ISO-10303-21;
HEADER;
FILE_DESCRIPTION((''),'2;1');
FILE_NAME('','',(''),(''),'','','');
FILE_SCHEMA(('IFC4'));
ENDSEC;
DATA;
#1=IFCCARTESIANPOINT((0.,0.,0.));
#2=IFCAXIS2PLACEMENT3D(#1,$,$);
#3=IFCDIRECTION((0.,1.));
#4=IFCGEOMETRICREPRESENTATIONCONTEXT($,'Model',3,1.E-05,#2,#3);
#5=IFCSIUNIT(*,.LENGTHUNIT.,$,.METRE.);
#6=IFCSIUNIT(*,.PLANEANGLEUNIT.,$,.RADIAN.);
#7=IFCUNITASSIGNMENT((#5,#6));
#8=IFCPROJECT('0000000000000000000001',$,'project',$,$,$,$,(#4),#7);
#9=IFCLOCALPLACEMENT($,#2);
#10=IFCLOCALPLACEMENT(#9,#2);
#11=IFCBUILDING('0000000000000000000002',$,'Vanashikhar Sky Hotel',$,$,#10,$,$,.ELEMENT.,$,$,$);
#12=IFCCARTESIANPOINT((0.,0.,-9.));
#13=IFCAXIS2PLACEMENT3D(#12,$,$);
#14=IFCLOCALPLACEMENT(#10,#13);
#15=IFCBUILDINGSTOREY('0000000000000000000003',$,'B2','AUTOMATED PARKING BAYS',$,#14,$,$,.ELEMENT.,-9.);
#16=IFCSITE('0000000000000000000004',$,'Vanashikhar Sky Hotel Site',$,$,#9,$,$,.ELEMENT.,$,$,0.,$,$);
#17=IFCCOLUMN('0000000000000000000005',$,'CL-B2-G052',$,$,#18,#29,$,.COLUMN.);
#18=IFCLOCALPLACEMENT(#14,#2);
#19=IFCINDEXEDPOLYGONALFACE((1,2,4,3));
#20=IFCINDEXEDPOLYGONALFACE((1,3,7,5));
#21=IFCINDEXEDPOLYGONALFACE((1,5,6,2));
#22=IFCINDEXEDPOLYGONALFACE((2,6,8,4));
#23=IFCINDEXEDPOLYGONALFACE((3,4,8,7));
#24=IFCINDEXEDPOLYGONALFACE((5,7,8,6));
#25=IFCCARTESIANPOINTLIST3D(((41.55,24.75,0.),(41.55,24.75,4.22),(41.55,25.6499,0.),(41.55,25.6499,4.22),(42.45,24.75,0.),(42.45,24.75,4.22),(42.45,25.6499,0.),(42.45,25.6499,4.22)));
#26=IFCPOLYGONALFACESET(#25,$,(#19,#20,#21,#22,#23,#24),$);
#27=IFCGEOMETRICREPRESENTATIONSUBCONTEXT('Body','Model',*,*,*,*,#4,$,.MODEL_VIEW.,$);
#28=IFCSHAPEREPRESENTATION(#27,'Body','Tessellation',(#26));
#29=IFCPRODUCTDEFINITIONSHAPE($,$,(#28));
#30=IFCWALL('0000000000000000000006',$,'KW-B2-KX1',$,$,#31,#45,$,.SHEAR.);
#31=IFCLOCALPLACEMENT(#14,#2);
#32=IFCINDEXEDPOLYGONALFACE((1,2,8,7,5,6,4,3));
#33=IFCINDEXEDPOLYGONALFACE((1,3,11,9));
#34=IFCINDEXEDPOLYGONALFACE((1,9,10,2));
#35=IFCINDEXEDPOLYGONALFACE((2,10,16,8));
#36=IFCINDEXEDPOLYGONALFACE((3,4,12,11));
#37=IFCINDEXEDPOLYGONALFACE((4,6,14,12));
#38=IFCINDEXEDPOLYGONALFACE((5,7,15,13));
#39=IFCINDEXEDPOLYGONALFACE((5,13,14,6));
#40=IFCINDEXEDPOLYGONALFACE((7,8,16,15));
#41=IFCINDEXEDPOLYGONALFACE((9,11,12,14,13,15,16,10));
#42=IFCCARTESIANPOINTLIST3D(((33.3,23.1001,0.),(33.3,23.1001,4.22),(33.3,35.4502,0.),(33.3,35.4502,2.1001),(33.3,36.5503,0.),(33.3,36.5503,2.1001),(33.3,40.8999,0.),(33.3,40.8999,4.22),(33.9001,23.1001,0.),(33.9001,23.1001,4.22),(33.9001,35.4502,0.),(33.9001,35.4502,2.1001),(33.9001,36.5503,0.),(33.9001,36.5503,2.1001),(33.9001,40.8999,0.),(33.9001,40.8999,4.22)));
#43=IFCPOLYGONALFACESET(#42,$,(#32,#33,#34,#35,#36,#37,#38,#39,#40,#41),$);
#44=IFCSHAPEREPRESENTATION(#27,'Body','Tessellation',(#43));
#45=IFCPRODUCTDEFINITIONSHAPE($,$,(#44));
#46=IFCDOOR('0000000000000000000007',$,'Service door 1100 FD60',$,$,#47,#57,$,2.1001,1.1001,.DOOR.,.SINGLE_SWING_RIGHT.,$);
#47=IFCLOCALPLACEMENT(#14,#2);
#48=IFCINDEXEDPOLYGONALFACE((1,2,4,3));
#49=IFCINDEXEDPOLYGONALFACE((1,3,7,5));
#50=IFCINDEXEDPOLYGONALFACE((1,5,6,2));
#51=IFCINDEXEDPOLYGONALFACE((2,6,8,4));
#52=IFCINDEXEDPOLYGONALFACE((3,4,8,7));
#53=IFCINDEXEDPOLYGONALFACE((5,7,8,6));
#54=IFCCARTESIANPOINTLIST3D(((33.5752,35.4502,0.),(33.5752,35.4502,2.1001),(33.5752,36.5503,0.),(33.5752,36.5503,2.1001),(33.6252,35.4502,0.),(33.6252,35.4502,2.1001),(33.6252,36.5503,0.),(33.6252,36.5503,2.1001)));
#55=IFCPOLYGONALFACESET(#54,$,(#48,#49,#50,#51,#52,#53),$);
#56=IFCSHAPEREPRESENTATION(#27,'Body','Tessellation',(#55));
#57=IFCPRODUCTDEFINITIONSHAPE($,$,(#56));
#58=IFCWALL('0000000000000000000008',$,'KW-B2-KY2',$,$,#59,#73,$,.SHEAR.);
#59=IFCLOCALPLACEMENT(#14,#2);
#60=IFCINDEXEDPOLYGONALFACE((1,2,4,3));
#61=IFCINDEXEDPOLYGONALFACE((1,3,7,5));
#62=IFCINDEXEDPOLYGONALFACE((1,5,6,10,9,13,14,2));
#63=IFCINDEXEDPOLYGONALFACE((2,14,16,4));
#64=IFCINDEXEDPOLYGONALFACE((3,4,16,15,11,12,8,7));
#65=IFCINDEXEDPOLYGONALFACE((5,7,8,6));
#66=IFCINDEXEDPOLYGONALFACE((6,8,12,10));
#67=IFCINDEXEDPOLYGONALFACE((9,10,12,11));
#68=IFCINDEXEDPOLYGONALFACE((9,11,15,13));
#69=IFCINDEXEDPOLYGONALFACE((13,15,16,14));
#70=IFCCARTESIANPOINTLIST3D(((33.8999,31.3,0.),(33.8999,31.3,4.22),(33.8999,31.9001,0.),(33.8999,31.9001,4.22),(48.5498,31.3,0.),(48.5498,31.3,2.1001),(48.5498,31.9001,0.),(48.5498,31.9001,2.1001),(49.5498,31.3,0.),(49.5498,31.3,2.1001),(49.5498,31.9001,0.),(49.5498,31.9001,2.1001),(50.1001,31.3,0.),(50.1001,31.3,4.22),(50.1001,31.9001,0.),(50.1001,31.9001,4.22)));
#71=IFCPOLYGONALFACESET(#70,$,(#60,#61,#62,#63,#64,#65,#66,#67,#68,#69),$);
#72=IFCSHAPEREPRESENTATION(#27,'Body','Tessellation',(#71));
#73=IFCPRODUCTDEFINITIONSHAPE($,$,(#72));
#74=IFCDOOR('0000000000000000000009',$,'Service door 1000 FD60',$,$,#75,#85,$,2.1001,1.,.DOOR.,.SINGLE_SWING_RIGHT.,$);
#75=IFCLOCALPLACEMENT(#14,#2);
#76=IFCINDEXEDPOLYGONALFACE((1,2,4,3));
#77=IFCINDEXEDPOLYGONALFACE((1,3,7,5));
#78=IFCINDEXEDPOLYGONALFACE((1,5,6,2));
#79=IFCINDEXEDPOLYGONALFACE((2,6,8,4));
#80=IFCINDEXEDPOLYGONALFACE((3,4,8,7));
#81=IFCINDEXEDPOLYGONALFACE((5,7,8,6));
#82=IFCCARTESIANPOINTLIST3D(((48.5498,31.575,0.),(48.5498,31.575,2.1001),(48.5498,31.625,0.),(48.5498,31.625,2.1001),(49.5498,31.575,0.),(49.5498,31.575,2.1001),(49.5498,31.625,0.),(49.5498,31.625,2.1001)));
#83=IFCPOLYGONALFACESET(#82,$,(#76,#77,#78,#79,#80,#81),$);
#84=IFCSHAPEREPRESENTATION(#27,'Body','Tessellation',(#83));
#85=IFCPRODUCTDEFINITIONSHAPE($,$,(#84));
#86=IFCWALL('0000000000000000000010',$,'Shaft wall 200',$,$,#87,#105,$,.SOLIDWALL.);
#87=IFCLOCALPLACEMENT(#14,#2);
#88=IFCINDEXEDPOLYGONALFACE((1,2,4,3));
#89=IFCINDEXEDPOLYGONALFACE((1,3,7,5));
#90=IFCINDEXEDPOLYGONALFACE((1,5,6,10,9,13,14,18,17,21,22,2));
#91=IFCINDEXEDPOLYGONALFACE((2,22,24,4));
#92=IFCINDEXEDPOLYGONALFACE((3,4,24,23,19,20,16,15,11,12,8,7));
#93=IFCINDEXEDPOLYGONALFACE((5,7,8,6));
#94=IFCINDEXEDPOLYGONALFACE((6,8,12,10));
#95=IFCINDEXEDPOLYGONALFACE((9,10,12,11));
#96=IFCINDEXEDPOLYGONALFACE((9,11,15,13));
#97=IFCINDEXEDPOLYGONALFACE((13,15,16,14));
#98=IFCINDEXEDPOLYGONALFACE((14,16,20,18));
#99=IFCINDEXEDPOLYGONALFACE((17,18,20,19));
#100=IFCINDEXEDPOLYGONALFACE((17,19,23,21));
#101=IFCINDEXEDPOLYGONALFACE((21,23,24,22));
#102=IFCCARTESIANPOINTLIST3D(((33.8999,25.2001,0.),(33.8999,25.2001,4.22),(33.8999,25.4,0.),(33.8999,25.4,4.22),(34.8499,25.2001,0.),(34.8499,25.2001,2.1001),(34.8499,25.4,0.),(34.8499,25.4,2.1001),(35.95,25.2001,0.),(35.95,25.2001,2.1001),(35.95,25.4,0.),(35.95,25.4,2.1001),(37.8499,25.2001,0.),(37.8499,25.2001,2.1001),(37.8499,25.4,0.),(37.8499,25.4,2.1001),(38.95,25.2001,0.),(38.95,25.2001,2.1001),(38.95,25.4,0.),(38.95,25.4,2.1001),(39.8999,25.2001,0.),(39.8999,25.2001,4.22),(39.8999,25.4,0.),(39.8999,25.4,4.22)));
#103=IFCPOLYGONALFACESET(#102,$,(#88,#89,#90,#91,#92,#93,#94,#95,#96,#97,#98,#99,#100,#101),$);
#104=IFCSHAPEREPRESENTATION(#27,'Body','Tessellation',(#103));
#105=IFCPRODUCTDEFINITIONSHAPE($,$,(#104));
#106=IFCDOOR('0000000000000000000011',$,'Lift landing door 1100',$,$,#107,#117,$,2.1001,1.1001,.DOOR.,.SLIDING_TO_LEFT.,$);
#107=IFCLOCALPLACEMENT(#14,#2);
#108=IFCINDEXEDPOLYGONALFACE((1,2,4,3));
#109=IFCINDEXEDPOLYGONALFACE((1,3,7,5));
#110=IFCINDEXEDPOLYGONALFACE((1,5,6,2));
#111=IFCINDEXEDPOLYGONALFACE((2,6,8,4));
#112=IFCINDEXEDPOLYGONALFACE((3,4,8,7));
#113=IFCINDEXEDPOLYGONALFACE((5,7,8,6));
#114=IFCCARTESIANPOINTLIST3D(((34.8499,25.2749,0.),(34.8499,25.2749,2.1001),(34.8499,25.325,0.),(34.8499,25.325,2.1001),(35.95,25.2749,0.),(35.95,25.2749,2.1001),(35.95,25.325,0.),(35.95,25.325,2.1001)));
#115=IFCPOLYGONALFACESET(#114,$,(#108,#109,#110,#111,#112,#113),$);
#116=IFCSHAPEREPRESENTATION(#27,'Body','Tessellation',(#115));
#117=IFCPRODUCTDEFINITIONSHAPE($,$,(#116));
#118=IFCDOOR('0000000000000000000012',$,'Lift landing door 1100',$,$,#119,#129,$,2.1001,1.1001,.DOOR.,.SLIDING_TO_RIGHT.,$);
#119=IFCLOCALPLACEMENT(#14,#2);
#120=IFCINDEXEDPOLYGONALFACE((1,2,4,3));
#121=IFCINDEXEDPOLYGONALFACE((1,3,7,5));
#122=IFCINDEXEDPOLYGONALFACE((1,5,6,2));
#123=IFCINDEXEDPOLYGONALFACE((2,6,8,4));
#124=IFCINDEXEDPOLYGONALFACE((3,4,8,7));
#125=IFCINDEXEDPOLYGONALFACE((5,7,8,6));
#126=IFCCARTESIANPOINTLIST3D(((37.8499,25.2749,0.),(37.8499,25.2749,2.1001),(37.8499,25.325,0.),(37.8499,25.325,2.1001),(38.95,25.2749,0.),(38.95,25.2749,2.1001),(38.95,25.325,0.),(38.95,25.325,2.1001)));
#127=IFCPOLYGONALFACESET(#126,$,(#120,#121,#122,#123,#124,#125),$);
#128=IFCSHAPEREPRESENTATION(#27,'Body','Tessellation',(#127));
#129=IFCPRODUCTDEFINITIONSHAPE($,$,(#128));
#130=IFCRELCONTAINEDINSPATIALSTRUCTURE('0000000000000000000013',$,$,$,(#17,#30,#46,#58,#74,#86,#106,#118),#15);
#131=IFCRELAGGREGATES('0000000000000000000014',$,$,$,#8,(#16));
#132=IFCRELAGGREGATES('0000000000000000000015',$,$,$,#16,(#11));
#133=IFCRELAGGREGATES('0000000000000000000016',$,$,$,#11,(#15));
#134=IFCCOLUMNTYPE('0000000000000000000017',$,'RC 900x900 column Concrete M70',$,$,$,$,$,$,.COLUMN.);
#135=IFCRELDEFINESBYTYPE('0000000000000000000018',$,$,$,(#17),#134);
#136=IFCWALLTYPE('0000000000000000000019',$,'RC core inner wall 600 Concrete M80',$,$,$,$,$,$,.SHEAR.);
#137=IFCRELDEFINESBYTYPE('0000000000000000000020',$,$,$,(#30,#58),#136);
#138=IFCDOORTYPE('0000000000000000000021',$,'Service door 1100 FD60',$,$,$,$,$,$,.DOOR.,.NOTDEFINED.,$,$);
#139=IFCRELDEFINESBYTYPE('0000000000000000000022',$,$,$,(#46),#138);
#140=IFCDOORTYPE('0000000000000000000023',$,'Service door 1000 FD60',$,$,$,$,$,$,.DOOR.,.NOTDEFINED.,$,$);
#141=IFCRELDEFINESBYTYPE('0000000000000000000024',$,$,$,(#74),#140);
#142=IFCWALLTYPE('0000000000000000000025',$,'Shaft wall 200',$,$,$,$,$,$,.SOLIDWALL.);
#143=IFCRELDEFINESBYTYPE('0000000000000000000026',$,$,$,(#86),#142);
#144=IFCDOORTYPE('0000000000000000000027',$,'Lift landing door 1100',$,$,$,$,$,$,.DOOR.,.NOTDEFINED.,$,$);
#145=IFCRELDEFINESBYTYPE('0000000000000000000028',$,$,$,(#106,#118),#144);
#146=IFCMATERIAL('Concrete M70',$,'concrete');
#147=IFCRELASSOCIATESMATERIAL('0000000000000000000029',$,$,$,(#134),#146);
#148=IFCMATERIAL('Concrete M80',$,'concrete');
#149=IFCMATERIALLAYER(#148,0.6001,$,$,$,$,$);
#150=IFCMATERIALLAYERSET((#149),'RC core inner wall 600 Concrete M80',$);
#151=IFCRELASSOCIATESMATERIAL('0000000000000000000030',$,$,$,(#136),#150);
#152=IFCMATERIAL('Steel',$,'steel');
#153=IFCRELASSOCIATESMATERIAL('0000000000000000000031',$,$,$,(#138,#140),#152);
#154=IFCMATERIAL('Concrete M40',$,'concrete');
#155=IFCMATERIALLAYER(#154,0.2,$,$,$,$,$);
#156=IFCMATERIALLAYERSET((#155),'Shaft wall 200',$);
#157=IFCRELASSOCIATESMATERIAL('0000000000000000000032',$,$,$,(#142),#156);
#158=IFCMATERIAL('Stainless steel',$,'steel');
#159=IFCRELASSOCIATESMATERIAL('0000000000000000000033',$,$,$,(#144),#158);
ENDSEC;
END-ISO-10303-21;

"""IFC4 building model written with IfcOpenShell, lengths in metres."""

from ifc_helpers import new_model, si_unit, direction, frame, frame_2d, origin, origin_2d, place, context, subcontext, project, spatial, rectangle, extrude, source, transform, mapped, material, layer, layer_set, material_profile, profile_set, type_object, element, fill, save


model = new_model("IFC4")

# Units and contexts
model_context = context("Model", 3, precision=1e-05, world=origin(), true_north=direction((0.0, 1.0)))
body_context = subcontext(model_context, "Body", "Model", "MODEL_VIEW")
ifc_project = project(units=[si_unit("LENGTHUNIT", "METRE"), si_unit("PLANEANGLEUNIT", "RADIAN")], contexts=[model_context])

# Site, building, storey
site_placement = place(None, origin())
site = spatial("IfcSite", under=ifc_project, at=site_placement, Name="Vanashikhar Sky Hotel Site", CompositionType="ELEMENT", RefElevation=0.0)
building_placement = place(site_placement, origin())
building = spatial("IfcBuilding", under=site, at=building_placement, Name="Vanashikhar Sky Hotel", CompositionType="ELEMENT")
storey_placement = place(building_placement, frame((0.0, 0.0, -9.0)))
storey = spatial("IfcBuildingStorey", under=building, at=storey_placement, Name="B2", Description="AUTOMATED PARKING BAYS", CompositionType="ELEMENT", Elevation=-9.0)

# Column
ifc_material_1 = material(Name="Concrete M70", Category="concrete")
ifc_material_profile = material_profile(ifc_material_1, rectangle(XDim=0.8999, YDim=0.8999, at=origin_2d()))
ifc_profile_set = profile_set([ifc_material_profile], Name="RC 900x900 column Concrete M70")
column_type = type_object("IfcColumnType", Name="RC 900x900 column Concrete M70", PredefinedType="COLUMN", material=ifc_profile_set)
shared_shape_1 = source(origin(), body_context, "Body", "SweptSolid", [
    extrude(rectangle(XDim=0.8999, YDim=0.8999, at=origin_2d()), origin(), (0.0, 0.0, 1.0), 4.22),
])
column_placement = place(storey_placement, frame((42.0, 25.2, 0.0), z_axis=(0.0, 0.0, 1.0), x_axis=(1.0, 0.0, 0.0)))
element("IfcColumn", 1, at=column_placement, inside=storey, type_object=column_type, Name="CL-B2-G052", PredefinedType="COLUMN", context=body_context, shape_type="MappedRepresentation", body=[
    mapped(shared_shape_1, transform((0.0, 0.0, 0.0), scale=1.0)),
])

# Walls, openings, doors
ifc_material_2 = material(Name="Concrete M80", Category="concrete")
ifc_layer_1 = layer(ifc_material_2, 0.6001)
ifc_layer_set_1 = layer_set([ifc_layer_1], Name="RC core inner wall 600 Concrete M80")
wall_type_1 = type_object("IfcWallType", Name="RC core inner wall 600 Concrete M80", PredefinedType="SHEAR", material=ifc_layer_set_1)
shared_shape_2 = source(origin(), body_context, "Body", "SweptSolid", [
    extrude(rectangle(XDim=17.7998, YDim=0.6001, at=frame_2d((8.8999, 0.0))), origin(), (0.0, 0.0, 1.0), 4.22),
])
wall_1_placement = place(storey_placement, frame((33.6001, 23.1001, 0.0), z_axis=(0.0, 0.0, 1.0), x_axis=(0.0, 1.0, 0.0)))
wall_1 = element("IfcWall", 2, at=wall_1_placement, inside=storey, type_object=wall_type_1, Name="KW-B2-KX1", PredefinedType="SHEAR", context=body_context, shape_type="MappedRepresentation", body=[
    mapped(shared_shape_2, transform((0.0, 0.0, 0.0), scale=1.0)),
])
shared_shape_3 = source(origin(), body_context, "Body", "SweptSolid", [
    extrude(rectangle(XDim=1.1001, YDim=2.1001, at=frame_2d((0.55, 1.05))), frame((0.0, 0.3101, 0.0), z_axis=(0.0, -1.0, 0.0), x_axis=(1.0, 0.0, 0.0)), (0.0, 0.0, 1.0), 0.6201),
])
opening_1_placement = place(wall_1_placement, frame((12.3501, 0.0, 0.0)))
opening_1 = element("IfcOpeningElement", 3, at=opening_1_placement, cuts=wall_1, PredefinedType="OPENING", context=body_context, shape_type="MappedRepresentation", body=[
    mapped(shared_shape_3, transform((0.0, 0.0, 0.0), scale=1.0)),
])
ifc_material_3 = material(Name="Steel", Category="steel")
door_type_1 = type_object("IfcDoorType", Name="Service door 1100 FD60", OperationType="NOTDEFINED", PredefinedType="DOOR", material=ifc_material_3)
shared_shape_4 = source(origin(), body_context, "Body", "SweptSolid", [
    extrude(rectangle(XDim=1.1001, YDim=2.1001, at=frame_2d((0.55, 1.05))), frame((0.0, 0.0249, 0.0), z_axis=(0.0, -1.0, 0.0), x_axis=(1.0, 0.0, 0.0)), (0.0, 0.0, 1.0), 0.05),
])
door_1_placement = place(opening_1_placement, origin())
door_1 = element("IfcDoor", 4, at=door_1_placement, inside=storey, type_object=door_type_1, Name="Service door 1100 FD60", OperationType="SINGLE_SWING_RIGHT", OverallHeight=2.1001, OverallWidth=1.1001, PredefinedType="DOOR", context=body_context, shape_type="MappedRepresentation", body=[
    mapped(shared_shape_4, transform((0.0, 0.0, 0.0), scale=1.0)),
])
fill(opening_1, door_1)
shared_shape_5 = source(origin(), body_context, "Body", "SweptSolid", [
    extrude(rectangle(XDim=16.2002, YDim=0.6001, at=frame_2d((8.1001, 0.0))), origin(), (0.0, 0.0, 1.0), 4.22),
])
wall_2_placement = place(storey_placement, frame((33.8999, 31.6001, 0.0), z_axis=(0.0, 0.0, 1.0), x_axis=(1.0, 0.0, 0.0)))
wall_2 = element("IfcWall", 5, at=wall_2_placement, inside=storey, type_object=wall_type_1, Name="KW-B2-KY2", PredefinedType="SHEAR", context=body_context, shape_type="MappedRepresentation", body=[
    mapped(shared_shape_5, transform((0.0, 0.0, 0.0), scale=1.0)),
])
shared_shape_6 = source(origin(), body_context, "Body", "SweptSolid", [
    extrude(rectangle(XDim=1.0, YDim=2.1001, at=frame_2d((0.5, 1.05))), frame((0.0, 0.3101, 0.0), z_axis=(0.0, -1.0, 0.0), x_axis=(1.0, 0.0, 0.0)), (0.0, 0.0, 1.0), 0.6201),
])
opening_2_placement = place(wall_2_placement, frame((14.6499, 0.0, 0.0)))
opening_2 = element("IfcOpeningElement", 6, at=opening_2_placement, cuts=wall_2, PredefinedType="OPENING", context=body_context, shape_type="MappedRepresentation", body=[
    mapped(shared_shape_6, transform((0.0, 0.0, 0.0), scale=1.0)),
])
door_type_2 = type_object("IfcDoorType", Name="Service door 1000 FD60", OperationType="NOTDEFINED", PredefinedType="DOOR", material=ifc_material_3)
shared_shape_7 = source(origin(), body_context, "Body", "SweptSolid", [
    extrude(rectangle(XDim=1.0, YDim=2.1001, at=frame_2d((0.5, 1.05))), frame((0.0, 0.0249, 0.0), z_axis=(0.0, -1.0, 0.0), x_axis=(1.0, 0.0, 0.0)), (0.0, 0.0, 1.0), 0.05),
])
door_2_placement = place(opening_2_placement, origin())
door_2 = element("IfcDoor", 7, at=door_2_placement, inside=storey, type_object=door_type_2, Name="Service door 1000 FD60", OperationType="SINGLE_SWING_RIGHT", OverallHeight=2.1001, OverallWidth=1.0, PredefinedType="DOOR", context=body_context, shape_type="MappedRepresentation", body=[
    mapped(shared_shape_7, transform((0.0, 0.0, 0.0), scale=1.0)),
])
fill(opening_2, door_2)

# Wall, openings, doors
ifc_material_4 = material(Name="Concrete M40", Category="concrete")
ifc_layer_2 = layer(ifc_material_4, 0.2)
ifc_layer_set_2 = layer_set([ifc_layer_2], Name="Shaft wall 200")
wall_type_2 = type_object("IfcWallType", Name="Shaft wall 200", PredefinedType="SOLIDWALL", material=ifc_layer_set_2)
shared_shape_8 = source(origin(), body_context, "Body", "SweptSolid", [
    extrude(rectangle(XDim=6.0, YDim=0.2, at=frame_2d((3.0, 0.0))), origin(), (0.0, 0.0, 1.0), 4.22),
])
wall_3_placement = place(storey_placement, frame((33.8999, 25.3, 0.0), z_axis=(0.0, 0.0, 1.0), x_axis=(1.0, 0.0, 0.0)))
wall_3 = element("IfcWall", 8, at=wall_3_placement, inside=storey, type_object=wall_type_2, Name="Shaft wall 200", PredefinedType="SOLIDWALL", context=body_context, shape_type="MappedRepresentation", body=[
    mapped(shared_shape_8, transform((0.0, 0.0, 0.0), scale=1.0)),
])
shared_shape_9 = source(origin(), body_context, "Body", "SweptSolid", [
    extrude(rectangle(XDim=1.1001, YDim=2.1001, at=frame_2d((0.55, 1.05))), frame((0.0, 0.1099, 0.0), z_axis=(0.0, -1.0, 0.0), x_axis=(1.0, 0.0, 0.0)), (0.0, 0.0, 1.0), 0.22),
])
opening_3_placement = place(wall_3_placement, frame((0.95, 0.0, 0.0)))
opening_3 = element("IfcOpeningElement", 9, at=opening_3_placement, cuts=wall_3, PredefinedType="OPENING", context=body_context, shape_type="MappedRepresentation", body=[
    mapped(shared_shape_9, transform((0.0, 0.0, 0.0), scale=1.0)),
])
opening_4_placement = place(wall_3_placement, frame((3.95, 0.0, 0.0)))
opening_4 = element("IfcOpeningElement", 10, at=opening_4_placement, cuts=wall_3, PredefinedType="OPENING", context=body_context, shape_type="MappedRepresentation", body=[
    mapped(shared_shape_9, transform((0.0, 0.0, 0.0), scale=1.0)),
])
ifc_material_5 = material(Name="Stainless steel", Category="steel")
door_type_3 = type_object("IfcDoorType", Name="Lift landing door 1100", OperationType="NOTDEFINED", PredefinedType="DOOR", material=ifc_material_5)
door_3_placement = place(opening_3_placement, origin())
door_3 = element("IfcDoor", 11, at=door_3_placement, inside=storey, type_object=door_type_3, Name="Lift landing door 1100", OperationType="SLIDING_TO_LEFT", OverallHeight=2.1001, OverallWidth=1.1001, PredefinedType="DOOR", context=body_context, shape_type="MappedRepresentation", body=[
    mapped(shared_shape_4, transform((0.0, 0.0, 0.0), scale=1.0)),
])
fill(opening_3, door_3)
door_4_placement = place(opening_4_placement, origin())
door_4 = element("IfcDoor", 12, at=door_4_placement, inside=storey, type_object=door_type_3, Name="Lift landing door 1100", OperationType="SLIDING_TO_RIGHT", OverallHeight=2.1001, OverallWidth=1.1001, PredefinedType="DOOR", context=body_context, shape_type="MappedRepresentation", body=[
    mapped(shared_shape_4, transform((0.0, 0.0, 0.0), scale=1.0)),
])
fill(opening_4, door_4)

save(model, "model.ifc")
